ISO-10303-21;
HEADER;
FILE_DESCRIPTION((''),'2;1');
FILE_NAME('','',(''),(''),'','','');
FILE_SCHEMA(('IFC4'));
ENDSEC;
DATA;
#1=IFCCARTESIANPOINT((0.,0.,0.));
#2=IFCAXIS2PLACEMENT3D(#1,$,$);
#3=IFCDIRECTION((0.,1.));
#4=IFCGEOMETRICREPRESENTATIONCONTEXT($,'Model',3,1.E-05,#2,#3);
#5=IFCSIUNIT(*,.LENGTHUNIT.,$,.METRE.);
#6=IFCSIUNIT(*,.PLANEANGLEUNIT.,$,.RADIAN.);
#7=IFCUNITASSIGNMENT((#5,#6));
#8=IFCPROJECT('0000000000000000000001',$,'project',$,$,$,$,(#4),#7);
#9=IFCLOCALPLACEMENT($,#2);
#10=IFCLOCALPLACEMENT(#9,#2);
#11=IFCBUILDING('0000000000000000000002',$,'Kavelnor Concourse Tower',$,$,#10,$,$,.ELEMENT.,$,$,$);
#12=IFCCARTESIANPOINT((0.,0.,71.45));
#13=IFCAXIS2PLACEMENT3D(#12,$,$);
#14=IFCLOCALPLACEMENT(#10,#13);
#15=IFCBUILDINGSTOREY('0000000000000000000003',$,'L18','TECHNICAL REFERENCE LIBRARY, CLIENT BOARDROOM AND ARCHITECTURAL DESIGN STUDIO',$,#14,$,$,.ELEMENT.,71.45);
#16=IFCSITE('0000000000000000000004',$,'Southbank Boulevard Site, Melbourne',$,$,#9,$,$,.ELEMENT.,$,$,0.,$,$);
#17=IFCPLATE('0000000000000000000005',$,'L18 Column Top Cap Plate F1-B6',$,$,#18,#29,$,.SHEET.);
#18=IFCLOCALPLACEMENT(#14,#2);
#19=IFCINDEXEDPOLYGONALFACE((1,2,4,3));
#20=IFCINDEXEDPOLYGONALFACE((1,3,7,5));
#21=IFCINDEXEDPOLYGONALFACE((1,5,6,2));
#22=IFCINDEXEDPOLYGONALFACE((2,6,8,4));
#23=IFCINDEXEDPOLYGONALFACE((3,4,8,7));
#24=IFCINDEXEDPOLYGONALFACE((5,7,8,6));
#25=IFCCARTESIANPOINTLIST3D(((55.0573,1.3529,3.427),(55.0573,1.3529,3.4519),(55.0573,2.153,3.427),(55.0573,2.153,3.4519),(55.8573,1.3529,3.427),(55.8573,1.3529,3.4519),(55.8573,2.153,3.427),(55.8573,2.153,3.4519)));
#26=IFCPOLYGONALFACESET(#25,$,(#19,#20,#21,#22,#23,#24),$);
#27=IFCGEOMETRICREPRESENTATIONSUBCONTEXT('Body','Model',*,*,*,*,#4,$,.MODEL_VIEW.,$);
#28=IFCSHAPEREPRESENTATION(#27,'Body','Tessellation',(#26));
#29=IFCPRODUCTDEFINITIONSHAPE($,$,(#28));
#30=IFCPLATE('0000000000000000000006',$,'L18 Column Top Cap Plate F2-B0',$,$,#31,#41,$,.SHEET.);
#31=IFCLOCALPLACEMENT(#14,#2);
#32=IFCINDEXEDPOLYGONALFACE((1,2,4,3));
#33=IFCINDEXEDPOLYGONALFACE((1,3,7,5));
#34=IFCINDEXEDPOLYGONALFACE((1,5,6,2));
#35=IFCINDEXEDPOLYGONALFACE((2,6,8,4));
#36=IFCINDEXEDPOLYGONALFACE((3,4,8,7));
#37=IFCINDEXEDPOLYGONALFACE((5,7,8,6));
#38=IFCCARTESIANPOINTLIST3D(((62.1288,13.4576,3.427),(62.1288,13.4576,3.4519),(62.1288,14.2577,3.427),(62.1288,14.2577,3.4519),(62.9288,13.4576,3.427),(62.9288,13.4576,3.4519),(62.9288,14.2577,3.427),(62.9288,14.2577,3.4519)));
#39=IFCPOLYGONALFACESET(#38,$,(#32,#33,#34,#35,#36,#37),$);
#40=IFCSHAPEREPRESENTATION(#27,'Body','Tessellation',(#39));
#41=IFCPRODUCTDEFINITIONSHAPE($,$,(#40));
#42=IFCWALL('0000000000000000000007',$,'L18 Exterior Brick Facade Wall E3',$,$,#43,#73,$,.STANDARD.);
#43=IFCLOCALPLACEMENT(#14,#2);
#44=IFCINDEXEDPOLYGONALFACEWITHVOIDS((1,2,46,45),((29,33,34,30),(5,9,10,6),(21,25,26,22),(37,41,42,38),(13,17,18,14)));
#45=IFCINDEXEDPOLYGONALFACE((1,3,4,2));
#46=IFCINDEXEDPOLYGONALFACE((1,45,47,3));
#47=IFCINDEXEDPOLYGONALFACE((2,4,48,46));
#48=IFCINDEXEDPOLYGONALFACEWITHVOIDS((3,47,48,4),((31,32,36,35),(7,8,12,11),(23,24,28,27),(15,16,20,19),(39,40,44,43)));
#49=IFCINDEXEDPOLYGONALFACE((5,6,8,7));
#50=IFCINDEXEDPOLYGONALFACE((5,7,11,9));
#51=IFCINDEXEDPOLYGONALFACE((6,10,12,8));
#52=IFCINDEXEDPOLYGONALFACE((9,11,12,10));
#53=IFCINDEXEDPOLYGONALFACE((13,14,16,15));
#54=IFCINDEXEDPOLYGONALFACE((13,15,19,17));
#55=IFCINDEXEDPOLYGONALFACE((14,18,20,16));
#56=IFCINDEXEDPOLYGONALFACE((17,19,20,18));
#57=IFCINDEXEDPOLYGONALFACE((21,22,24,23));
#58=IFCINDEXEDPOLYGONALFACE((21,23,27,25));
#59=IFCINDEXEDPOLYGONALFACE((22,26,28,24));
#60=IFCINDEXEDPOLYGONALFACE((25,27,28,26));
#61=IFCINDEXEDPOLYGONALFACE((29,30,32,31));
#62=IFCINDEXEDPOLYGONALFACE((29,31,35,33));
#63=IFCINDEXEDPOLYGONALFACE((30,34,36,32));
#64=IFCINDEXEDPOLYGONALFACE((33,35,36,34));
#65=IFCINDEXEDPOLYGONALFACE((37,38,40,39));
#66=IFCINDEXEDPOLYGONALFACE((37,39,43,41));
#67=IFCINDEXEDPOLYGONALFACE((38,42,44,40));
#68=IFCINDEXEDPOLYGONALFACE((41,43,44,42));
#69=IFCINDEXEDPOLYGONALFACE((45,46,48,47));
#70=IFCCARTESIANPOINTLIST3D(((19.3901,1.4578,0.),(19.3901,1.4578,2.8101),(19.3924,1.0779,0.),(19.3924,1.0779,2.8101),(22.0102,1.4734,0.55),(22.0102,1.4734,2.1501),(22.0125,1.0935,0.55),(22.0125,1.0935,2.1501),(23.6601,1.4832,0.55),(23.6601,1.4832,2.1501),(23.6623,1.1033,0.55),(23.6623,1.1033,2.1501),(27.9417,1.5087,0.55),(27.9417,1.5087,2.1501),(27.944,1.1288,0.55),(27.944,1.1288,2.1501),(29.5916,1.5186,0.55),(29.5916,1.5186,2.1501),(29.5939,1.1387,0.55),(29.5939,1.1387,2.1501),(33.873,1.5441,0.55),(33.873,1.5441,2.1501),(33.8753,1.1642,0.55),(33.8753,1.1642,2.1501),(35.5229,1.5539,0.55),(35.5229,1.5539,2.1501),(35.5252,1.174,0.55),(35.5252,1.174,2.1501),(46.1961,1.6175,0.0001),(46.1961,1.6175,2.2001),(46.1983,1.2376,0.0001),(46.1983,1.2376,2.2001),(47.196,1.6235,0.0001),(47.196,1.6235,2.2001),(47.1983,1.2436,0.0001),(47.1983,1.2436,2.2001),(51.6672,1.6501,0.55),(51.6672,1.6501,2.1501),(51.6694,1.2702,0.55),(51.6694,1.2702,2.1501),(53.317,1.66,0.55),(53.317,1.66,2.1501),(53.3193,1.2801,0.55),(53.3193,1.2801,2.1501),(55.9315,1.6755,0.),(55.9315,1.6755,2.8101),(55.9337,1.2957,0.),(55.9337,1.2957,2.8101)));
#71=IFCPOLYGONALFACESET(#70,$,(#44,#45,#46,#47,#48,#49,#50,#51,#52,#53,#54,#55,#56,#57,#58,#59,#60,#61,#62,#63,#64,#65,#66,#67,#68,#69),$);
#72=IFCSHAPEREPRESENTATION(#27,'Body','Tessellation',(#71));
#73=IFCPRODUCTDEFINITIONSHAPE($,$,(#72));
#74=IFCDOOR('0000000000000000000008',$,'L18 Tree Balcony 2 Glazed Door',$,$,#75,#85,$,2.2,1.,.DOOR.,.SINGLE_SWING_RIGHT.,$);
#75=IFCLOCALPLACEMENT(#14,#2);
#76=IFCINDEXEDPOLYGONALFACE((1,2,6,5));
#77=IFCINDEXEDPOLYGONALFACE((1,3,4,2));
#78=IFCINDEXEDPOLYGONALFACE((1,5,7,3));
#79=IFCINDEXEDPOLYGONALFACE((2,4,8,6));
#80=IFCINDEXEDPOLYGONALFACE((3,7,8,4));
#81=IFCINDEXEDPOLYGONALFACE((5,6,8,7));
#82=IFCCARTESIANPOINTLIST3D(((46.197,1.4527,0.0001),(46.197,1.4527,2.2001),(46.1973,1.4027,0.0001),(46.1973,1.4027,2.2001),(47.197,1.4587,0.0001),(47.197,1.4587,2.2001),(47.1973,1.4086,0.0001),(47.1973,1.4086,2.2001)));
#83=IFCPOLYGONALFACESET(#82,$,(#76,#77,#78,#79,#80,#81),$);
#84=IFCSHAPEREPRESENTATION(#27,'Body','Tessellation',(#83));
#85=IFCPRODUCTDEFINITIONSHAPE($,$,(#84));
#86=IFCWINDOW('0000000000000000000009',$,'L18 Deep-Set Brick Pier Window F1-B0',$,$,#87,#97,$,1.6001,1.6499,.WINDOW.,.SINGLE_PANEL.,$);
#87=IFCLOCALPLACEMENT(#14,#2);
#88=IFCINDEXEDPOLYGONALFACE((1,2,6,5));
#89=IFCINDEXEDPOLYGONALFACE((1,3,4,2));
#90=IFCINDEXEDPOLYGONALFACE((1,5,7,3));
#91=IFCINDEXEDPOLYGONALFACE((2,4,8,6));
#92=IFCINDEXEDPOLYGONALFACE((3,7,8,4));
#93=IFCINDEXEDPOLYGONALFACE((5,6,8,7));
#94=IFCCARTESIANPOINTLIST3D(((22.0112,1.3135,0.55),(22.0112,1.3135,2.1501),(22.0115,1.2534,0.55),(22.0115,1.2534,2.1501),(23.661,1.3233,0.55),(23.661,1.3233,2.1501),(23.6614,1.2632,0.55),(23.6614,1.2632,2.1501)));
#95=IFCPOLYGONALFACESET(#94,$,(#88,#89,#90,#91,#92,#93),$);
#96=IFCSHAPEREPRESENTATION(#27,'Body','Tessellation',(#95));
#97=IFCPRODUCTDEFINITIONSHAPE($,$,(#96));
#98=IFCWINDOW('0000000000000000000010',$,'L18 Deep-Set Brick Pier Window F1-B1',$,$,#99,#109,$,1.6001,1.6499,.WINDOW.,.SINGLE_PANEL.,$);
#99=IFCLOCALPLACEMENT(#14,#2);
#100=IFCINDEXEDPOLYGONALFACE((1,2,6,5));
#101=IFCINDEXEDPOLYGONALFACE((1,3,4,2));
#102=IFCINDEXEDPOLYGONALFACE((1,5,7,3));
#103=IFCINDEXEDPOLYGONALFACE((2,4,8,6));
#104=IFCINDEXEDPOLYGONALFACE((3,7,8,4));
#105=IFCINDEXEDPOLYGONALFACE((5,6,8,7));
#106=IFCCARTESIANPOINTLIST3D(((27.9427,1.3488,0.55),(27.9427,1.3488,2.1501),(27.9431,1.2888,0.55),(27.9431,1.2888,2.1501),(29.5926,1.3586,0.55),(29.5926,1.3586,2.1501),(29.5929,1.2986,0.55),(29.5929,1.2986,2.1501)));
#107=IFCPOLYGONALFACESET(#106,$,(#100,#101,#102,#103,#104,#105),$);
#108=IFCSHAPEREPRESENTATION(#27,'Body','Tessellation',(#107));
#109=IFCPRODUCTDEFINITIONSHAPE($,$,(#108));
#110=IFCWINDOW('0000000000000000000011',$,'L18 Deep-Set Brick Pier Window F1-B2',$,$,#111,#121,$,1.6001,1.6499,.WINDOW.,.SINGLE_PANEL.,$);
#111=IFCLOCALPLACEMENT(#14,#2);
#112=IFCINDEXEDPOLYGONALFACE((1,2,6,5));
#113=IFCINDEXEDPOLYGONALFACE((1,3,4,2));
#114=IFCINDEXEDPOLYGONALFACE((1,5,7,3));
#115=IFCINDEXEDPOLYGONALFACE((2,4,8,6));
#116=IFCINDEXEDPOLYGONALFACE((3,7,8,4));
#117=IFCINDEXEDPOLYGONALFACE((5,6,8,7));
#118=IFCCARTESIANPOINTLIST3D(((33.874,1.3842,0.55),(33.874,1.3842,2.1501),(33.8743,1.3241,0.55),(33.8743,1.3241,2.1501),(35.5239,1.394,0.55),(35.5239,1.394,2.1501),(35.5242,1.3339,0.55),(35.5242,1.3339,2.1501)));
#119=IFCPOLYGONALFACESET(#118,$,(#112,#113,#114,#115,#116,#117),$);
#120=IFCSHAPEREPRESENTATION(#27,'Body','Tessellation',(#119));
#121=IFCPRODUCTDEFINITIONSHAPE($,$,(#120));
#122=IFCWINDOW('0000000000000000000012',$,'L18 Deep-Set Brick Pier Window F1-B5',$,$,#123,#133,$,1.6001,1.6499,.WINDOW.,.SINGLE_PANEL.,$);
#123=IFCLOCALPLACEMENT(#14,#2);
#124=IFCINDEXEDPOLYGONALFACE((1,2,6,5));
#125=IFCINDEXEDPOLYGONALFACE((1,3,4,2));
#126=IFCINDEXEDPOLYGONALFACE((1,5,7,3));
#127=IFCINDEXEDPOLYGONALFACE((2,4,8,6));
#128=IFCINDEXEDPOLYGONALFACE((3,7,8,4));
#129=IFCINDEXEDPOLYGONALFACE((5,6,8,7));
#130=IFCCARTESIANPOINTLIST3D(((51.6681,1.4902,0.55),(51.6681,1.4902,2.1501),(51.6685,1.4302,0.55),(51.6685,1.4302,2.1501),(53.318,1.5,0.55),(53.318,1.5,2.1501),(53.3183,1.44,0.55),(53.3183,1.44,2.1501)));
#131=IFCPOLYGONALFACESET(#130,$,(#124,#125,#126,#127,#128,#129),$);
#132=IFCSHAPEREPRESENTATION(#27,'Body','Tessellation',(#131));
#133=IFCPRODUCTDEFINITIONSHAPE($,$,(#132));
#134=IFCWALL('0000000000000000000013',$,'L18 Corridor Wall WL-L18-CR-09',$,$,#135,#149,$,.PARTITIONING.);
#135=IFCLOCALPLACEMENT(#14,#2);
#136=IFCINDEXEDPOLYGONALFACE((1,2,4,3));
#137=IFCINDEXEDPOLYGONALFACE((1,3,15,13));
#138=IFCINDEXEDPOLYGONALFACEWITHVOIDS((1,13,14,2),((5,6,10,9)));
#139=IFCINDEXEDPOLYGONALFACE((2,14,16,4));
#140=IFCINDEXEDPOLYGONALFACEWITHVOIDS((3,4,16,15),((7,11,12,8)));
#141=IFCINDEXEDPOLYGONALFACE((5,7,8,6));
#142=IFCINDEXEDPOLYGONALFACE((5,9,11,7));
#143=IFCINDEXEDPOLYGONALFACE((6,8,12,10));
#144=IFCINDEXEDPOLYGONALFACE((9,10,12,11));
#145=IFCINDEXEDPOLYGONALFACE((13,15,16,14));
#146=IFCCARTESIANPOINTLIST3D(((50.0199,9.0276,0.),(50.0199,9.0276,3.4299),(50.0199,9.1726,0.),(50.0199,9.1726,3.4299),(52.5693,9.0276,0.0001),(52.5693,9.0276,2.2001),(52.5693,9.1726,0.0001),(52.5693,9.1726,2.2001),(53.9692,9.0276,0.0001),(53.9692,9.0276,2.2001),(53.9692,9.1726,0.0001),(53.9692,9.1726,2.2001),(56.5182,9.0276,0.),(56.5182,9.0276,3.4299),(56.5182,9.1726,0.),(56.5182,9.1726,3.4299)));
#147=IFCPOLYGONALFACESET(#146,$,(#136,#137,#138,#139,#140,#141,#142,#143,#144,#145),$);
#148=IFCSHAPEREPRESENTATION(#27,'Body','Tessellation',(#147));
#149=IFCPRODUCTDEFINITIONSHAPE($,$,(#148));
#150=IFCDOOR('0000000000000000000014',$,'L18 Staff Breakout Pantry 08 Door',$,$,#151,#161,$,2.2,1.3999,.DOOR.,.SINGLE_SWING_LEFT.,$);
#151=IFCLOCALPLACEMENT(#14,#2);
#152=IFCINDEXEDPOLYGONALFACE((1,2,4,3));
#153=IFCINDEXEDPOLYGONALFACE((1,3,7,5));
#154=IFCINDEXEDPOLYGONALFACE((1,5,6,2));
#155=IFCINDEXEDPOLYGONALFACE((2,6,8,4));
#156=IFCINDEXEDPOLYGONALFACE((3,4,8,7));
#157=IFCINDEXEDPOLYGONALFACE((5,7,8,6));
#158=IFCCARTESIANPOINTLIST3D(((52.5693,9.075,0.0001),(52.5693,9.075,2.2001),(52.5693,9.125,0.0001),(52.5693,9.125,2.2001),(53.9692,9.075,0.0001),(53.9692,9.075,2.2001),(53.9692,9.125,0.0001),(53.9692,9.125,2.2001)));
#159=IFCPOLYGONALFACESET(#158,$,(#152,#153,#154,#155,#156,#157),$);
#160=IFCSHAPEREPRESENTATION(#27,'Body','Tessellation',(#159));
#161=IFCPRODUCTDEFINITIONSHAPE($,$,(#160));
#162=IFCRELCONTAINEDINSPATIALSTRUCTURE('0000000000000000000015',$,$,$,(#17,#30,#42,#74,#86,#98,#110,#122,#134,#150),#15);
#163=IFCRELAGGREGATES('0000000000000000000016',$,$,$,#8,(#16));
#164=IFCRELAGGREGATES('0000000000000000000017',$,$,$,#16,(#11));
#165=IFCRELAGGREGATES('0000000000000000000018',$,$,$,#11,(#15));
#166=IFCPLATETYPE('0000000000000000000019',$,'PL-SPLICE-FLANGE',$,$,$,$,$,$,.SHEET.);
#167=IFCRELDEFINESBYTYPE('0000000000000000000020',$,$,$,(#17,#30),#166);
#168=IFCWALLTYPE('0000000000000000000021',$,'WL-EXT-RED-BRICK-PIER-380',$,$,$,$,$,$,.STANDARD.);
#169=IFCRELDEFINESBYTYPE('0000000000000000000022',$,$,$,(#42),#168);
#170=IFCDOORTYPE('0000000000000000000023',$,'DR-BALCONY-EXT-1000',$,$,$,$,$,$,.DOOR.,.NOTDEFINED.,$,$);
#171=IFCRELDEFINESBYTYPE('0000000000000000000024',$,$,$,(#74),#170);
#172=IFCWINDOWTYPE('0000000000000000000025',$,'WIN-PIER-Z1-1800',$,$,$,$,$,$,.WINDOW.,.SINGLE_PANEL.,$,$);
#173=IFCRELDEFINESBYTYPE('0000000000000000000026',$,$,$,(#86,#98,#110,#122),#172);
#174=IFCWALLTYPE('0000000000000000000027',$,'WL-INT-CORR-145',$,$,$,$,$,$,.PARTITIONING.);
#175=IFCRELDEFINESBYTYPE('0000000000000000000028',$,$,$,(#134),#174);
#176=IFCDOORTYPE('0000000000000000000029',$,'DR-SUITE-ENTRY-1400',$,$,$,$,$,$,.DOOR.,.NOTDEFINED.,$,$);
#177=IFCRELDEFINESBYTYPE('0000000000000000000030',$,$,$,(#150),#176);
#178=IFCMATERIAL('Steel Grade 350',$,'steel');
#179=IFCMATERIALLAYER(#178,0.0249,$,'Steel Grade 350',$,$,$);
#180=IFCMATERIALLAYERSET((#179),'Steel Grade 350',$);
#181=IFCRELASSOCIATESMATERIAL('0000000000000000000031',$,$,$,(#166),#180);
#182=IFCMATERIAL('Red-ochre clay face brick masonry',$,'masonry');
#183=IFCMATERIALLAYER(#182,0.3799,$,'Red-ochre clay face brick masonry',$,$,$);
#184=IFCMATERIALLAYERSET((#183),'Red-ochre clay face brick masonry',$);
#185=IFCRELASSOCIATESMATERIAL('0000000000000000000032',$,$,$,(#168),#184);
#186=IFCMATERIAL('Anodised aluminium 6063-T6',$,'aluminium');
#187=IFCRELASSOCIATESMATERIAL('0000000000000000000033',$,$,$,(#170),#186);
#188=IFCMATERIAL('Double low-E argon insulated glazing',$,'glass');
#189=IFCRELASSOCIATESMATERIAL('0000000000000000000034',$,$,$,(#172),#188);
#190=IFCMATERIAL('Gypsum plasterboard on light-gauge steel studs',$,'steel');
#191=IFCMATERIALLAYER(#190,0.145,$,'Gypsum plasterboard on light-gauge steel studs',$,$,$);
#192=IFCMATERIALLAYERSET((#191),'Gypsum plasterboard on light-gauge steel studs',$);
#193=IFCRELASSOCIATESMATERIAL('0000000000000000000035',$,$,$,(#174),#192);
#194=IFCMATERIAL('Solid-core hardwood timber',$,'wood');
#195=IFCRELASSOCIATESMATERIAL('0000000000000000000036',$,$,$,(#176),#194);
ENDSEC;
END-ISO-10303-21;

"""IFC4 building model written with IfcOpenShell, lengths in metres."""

from ifc_helpers import new_model, si_unit, direction, frame, frame_2d, origin, origin_2d, place, context, subcontext, project, spatial, rectangle, extrude, material, layer, layer_set, type_object, element, fill, save


model = new_model("IFC4")

# Units and contexts
model_context = context("Model", 3, precision=1e-05, world=origin(), true_north=direction((0.0, 1.0)))
body_context = subcontext(model_context, "Body", "Model", "MODEL_VIEW")
ifc_project = project(units=[si_unit("LENGTHUNIT", "METRE"), si_unit("PLANEANGLEUNIT", "RADIAN")], contexts=[model_context])

# Site, building, storey
site_placement = place(None, origin())
site = spatial("IfcSite", under=ifc_project, at=site_placement, Name="Southbank Boulevard Site, Melbourne", CompositionType="ELEMENT", RefElevation=0.0)
building_placement = place(site_placement, origin())
building = spatial("IfcBuilding", under=site, at=building_placement, Name="Kavelnor Concourse Tower", CompositionType="ELEMENT")
storey_placement = place(building_placement, frame((0.0, 0.0, 71.45)))
storey = spatial("IfcBuildingStorey", under=building, at=storey_placement, Name="L18", Description="TECHNICAL REFERENCE LIBRARY, CLIENT BOARDROOM AND ARCHITECTURAL DESIGN STUDIO", CompositionType="ELEMENT", Elevation=71.45)

# Shared definitions
ifc_material_1 = material(Name="Steel Grade 350", Category="steel")

# Plates
ifc_layer_1 = layer(ifc_material_1, 0.0249, Name="Steel Grade 350")
ifc_layer_set_1 = layer_set([ifc_layer_1], Name="Steel Grade 350")
plate_type = type_object("IfcPlateType", Name="PL-SPLICE-FLANGE", PredefinedType="SHEET", material=ifc_layer_set_1)
for number, where, z_axis, x_axis, name in (
    (1, (55.4573, 1.7529, 3.427), (0.0, 0.0, 1.0), (1.0, 0.0, 0.0), "L18 Column Top Cap Plate F1-B6"),
    (2, (62.5288, 13.8577, 3.427), (0.0, 0.0, 1.0), (1.0, 0.0, 0.0), "L18 Column Top Cap Plate F2-B0"),
):
    element("IfcPlate", number, at=place(storey_placement, frame(where, z_axis=z_axis, x_axis=x_axis)), inside=storey, type_object=plate_type, Name=name, PredefinedType="SHEET", context=body_context, shape_type="SweptSolid", body=[
        extrude(rectangle(XDim=0.8, YDim=0.8, at=origin_2d()), origin(), (0.0, 0.0, 1.0), 0.0249),
    ])

# Wall, openings, door, windows
ifc_material_2 = material(Name="Red-ochre clay face brick masonry", Category="masonry")
ifc_layer_2 = layer(ifc_material_2, 0.3799, Name="Red-ochre clay face brick masonry")
ifc_layer_set_2 = layer_set([ifc_layer_2], Name="Red-ochre clay face brick masonry")
wall_type_1 = type_object("IfcWallType", Name="WL-EXT-RED-BRICK-PIER-380", PredefinedType="STANDARD", material=ifc_layer_set_2)
wall_1_placement = place(storey_placement, frame((55.9326, 1.4856, 0.0), z_axis=(0.0, 0.0, 1.0), x_axis=(-0.999982, -0.00596, 0.0)))
wall_1 = element("IfcWall", 3, at=wall_1_placement, inside=storey, type_object=wall_type_1, Name="L18 Exterior Brick Facade Wall E3", PredefinedType="STANDARD", context=body_context, shape_type="SweptSolid", body=[
    extrude(rectangle(XDim=36.542, YDim=0.3799, at=frame_2d((18.271, 0.0))), origin(), (0.0, 0.0, 1.0), 2.8101),
])
opening_1_placement = place(wall_1_placement, frame((8.7356, 0.0, 0.0)))
opening_1 = element("IfcOpeningElement", 4, at=opening_1_placement, cuts=wall_1, PredefinedType="OPENING", context=body_context, shape_type="SweptSolid", body=[
    extrude(rectangle(XDim=1.0, YDim=2.2, at=frame_2d((0.5, 1.1001))), frame((0.0, 0.2, 0.0), z_axis=(0.0, -1.0, 0.0), x_axis=(1.0, 0.0, 0.0)), (0.0, 0.0, 1.0), 0.3999),
])
opening_2_placement = place(wall_1_placement, frame((32.272, 0.0, 0.55)))
opening_2 = element("IfcOpeningElement", 5, at=opening_2_placement, cuts=wall_1, PredefinedType="OPENING", context=body_context, shape_type="SweptSolid", body=[
    extrude(rectangle(XDim=1.6499, YDim=1.6001, at=frame_2d((0.825, 0.8))), frame((0.0, 0.2, 0.0), z_axis=(0.0, -1.0, 0.0), x_axis=(1.0, 0.0, 0.0)), (0.0, 0.0, 1.0), 0.3999),
])
opening_3_placement = place(wall_1_placement, frame((26.3403, 0.0, 0.55)))
opening_3 = element("IfcOpeningElement", 6, at=opening_3_placement, cuts=wall_1, PredefinedType="OPENING", context=body_context, shape_type="SweptSolid", body=[
    extrude(rectangle(XDim=1.6499, YDim=1.6001, at=frame_2d((0.825, 0.8))), frame((0.0, 0.2, 0.0), z_axis=(0.0, -1.0, 0.0), x_axis=(1.0, 0.0, 0.0)), (0.0, 0.0, 1.0), 0.3999),
])
opening_4_placement = place(wall_1_placement, frame((20.4089, 0.0, 0.55)))
opening_4 = element("IfcOpeningElement", 7, at=opening_4_placement, cuts=wall_1, PredefinedType="OPENING", context=body_context, shape_type="SweptSolid", body=[
    extrude(rectangle(XDim=1.6499, YDim=1.6001, at=frame_2d((0.825, 0.8))), frame((0.0, 0.2, 0.0), z_axis=(0.0, -1.0, 0.0), x_axis=(1.0, 0.0, 0.0)), (0.0, 0.0, 1.0), 0.3999),
])
opening_5_placement = place(wall_1_placement, frame((2.6145, 0.0, 0.55)))
opening_5 = element("IfcOpeningElement", 8, at=opening_5_placement, cuts=wall_1, PredefinedType="OPENING", context=body_context, shape_type="SweptSolid", body=[
    extrude(rectangle(XDim=1.6499, YDim=1.6001, at=frame_2d((0.825, 0.8))), frame((0.0, 0.2, 0.0), z_axis=(0.0, -1.0, 0.0), x_axis=(1.0, 0.0, 0.0)), (0.0, 0.0, 1.0), 0.3999),
])
ifc_material_3 = material(Name="Anodised aluminium 6063-T6", Category="aluminium")
door_type_1 = type_object("IfcDoorType", Name="DR-BALCONY-EXT-1000", OperationType="NOTDEFINED", PredefinedType="DOOR", material=ifc_material_3)
door_1_placement = place(opening_1_placement, origin())
door_1 = element("IfcDoor", 9, at=door_1_placement, inside=storey, type_object=door_type_1, Name="L18 Tree Balcony 2 Glazed Door", OperationType="SINGLE_SWING_RIGHT", OverallHeight=2.2, OverallWidth=1.0, PredefinedType="DOOR", context=body_context, shape_type="SweptSolid", body=[
    extrude(rectangle(XDim=1.0, YDim=2.2, at=frame_2d((0.5, 1.1001))), frame((0.0, 0.0249, 0.0), z_axis=(0.0, -1.0, 0.0), x_axis=(1.0, 0.0, 0.0)), (0.0, 0.0, 1.0), 0.05),
])
fill(opening_1, door_1)
ifc_material_4 = material(Name="Double low-E argon insulated glazing", Category="glass")
window_type = type_object("IfcWindowType", Name="WIN-PIER-Z1-1800", PartitioningType="SINGLE_PANEL", PredefinedType="WINDOW", material=ifc_material_4)
window_1_placement = place(opening_2_placement, origin())
window_1 = element("IfcWindow", 10, at=window_1_placement, inside=storey, type_object=window_type, Name="L18 Deep-Set Brick Pier Window F1-B0", OverallHeight=1.6001, OverallWidth=1.6499, PartitioningType="SINGLE_PANEL", PredefinedType="WINDOW", context=body_context, shape_type="SweptSolid", body=[
    extrude(rectangle(XDim=1.6499, YDim=1.6001, at=frame_2d((0.825, 0.8))), frame((0.0, 0.03, 0.0), z_axis=(0.0, -1.0, 0.0), x_axis=(1.0, 0.0, 0.0)), (0.0, 0.0, 1.0), 0.0601),
])
fill(opening_2, window_1)
window_2_placement = place(opening_3_placement, origin())
window_2 = element("IfcWindow", 11, at=window_2_placement, inside=storey, type_object=window_type, Name="L18 Deep-Set Brick Pier Window F1-B1", OverallHeight=1.6001, OverallWidth=1.6499, PartitioningType="SINGLE_PANEL", PredefinedType="WINDOW", context=body_context, shape_type="SweptSolid", body=[
    extrude(rectangle(XDim=1.6499, YDim=1.6001, at=frame_2d((0.825, 0.8))), frame((0.0, 0.03, 0.0), z_axis=(0.0, -1.0, 0.0), x_axis=(1.0, 0.0, 0.0)), (0.0, 0.0, 1.0), 0.0601),
])
fill(opening_3, window_2)
window_3_placement = place(opening_4_placement, origin())
window_3 = element("IfcWindow", 12, at=window_3_placement, inside=storey, type_object=window_type, Name="L18 Deep-Set Brick Pier Window F1-B2", OverallHeight=1.6001, OverallWidth=1.6499, PartitioningType="SINGLE_PANEL", PredefinedType="WINDOW", context=body_context, shape_type="SweptSolid", body=[
    extrude(rectangle(XDim=1.6499, YDim=1.6001, at=frame_2d((0.825, 0.8))), frame((0.0, 0.03, 0.0), z_axis=(0.0, -1.0, 0.0), x_axis=(1.0, 0.0, 0.0)), (0.0, 0.0, 1.0), 0.0601),
])
fill(opening_4, window_3)
window_4_placement = place(opening_5_placement, origin())
window_4 = element("IfcWindow", 13, at=window_4_placement, inside=storey, type_object=window_type, Name="L18 Deep-Set Brick Pier Window F1-B5", OverallHeight=1.6001, OverallWidth=1.6499, PartitioningType="SINGLE_PANEL", PredefinedType="WINDOW", context=body_context, shape_type="SweptSolid", body=[
    extrude(rectangle(XDim=1.6499, YDim=1.6001, at=frame_2d((0.825, 0.8))), frame((0.0, 0.03, 0.0), z_axis=(0.0, -1.0, 0.0), x_axis=(1.0, 0.0, 0.0)), (0.0, 0.0, 1.0), 0.0601),
])
fill(opening_5, window_4)

# Wall, opening, door
ifc_material_5 = material(Name="Gypsum plasterboard on light-gauge steel studs", Category="steel")
ifc_layer_3 = layer(ifc_material_5, 0.145, Name="Gypsum plasterboard on light-gauge steel studs")
ifc_layer_set_3 = layer_set([ifc_layer_3], Name="Gypsum plasterboard on light-gauge steel studs")
wall_type_2 = type_object("IfcWallType", Name="WL-INT-CORR-145", PredefinedType="PARTITIONING", material=ifc_layer_set_3)
wall_2_placement = place(storey_placement, frame((50.02, 9.1001, 0.0), z_axis=(0.0, 0.0, 1.0), x_axis=(1.0, 0.0, 0.0)))
wall_2 = element("IfcWall", 14, at=wall_2_placement, inside=storey, type_object=wall_type_2, Name="L18 Corridor Wall WL-L18-CR-09", PredefinedType="PARTITIONING", context=body_context, shape_type="SweptSolid", body=[
    extrude(rectangle(XDim=6.4983, YDim=0.145, at=frame_2d((3.249, 0.0))), origin(), (0.0, 0.0, 1.0), 3.4299),
])
opening_6_placement = place(wall_2_placement, frame((2.5493, 0.0, 0.0)))
opening_6 = element("IfcOpeningElement", 15, at=opening_6_placement, cuts=wall_2, PredefinedType="OPENING", context=body_context, shape_type="SweptSolid", body=[
    extrude(rectangle(XDim=1.3999, YDim=2.2, at=frame_2d((0.7, 1.1001))), frame((0.0, 0.0825, 0.0), z_axis=(0.0, -1.0, 0.0), x_axis=(1.0, 0.0, 0.0)), (0.0, 0.0, 1.0), 0.165),
])
ifc_material_6 = material(Name="Solid-core hardwood timber", Category="wood")
door_type_2 = type_object("IfcDoorType", Name="DR-SUITE-ENTRY-1400", OperationType="NOTDEFINED", PredefinedType="DOOR", material=ifc_material_6)
door_2_placement = place(opening_6_placement, origin())
door_2 = element("IfcDoor", 16, at=door_2_placement, inside=storey, type_object=door_type_2, Name="L18 Staff Breakout Pantry 08 Door", OperationType="SINGLE_SWING_LEFT", OverallHeight=2.2, OverallWidth=1.3999, PredefinedType="DOOR", context=body_context, shape_type="SweptSolid", body=[
    extrude(rectangle(XDim=1.3999, YDim=2.2, at=frame_2d((0.7, 1.1001))), frame((0.0, 0.0249, 0.0), z_axis=(0.0, -1.0, 0.0), x_axis=(1.0, 0.0, 0.0)), (0.0, 0.0, 1.0), 0.05),
])
fill(opening_6, door_2)

save(model, "model.ifc")
